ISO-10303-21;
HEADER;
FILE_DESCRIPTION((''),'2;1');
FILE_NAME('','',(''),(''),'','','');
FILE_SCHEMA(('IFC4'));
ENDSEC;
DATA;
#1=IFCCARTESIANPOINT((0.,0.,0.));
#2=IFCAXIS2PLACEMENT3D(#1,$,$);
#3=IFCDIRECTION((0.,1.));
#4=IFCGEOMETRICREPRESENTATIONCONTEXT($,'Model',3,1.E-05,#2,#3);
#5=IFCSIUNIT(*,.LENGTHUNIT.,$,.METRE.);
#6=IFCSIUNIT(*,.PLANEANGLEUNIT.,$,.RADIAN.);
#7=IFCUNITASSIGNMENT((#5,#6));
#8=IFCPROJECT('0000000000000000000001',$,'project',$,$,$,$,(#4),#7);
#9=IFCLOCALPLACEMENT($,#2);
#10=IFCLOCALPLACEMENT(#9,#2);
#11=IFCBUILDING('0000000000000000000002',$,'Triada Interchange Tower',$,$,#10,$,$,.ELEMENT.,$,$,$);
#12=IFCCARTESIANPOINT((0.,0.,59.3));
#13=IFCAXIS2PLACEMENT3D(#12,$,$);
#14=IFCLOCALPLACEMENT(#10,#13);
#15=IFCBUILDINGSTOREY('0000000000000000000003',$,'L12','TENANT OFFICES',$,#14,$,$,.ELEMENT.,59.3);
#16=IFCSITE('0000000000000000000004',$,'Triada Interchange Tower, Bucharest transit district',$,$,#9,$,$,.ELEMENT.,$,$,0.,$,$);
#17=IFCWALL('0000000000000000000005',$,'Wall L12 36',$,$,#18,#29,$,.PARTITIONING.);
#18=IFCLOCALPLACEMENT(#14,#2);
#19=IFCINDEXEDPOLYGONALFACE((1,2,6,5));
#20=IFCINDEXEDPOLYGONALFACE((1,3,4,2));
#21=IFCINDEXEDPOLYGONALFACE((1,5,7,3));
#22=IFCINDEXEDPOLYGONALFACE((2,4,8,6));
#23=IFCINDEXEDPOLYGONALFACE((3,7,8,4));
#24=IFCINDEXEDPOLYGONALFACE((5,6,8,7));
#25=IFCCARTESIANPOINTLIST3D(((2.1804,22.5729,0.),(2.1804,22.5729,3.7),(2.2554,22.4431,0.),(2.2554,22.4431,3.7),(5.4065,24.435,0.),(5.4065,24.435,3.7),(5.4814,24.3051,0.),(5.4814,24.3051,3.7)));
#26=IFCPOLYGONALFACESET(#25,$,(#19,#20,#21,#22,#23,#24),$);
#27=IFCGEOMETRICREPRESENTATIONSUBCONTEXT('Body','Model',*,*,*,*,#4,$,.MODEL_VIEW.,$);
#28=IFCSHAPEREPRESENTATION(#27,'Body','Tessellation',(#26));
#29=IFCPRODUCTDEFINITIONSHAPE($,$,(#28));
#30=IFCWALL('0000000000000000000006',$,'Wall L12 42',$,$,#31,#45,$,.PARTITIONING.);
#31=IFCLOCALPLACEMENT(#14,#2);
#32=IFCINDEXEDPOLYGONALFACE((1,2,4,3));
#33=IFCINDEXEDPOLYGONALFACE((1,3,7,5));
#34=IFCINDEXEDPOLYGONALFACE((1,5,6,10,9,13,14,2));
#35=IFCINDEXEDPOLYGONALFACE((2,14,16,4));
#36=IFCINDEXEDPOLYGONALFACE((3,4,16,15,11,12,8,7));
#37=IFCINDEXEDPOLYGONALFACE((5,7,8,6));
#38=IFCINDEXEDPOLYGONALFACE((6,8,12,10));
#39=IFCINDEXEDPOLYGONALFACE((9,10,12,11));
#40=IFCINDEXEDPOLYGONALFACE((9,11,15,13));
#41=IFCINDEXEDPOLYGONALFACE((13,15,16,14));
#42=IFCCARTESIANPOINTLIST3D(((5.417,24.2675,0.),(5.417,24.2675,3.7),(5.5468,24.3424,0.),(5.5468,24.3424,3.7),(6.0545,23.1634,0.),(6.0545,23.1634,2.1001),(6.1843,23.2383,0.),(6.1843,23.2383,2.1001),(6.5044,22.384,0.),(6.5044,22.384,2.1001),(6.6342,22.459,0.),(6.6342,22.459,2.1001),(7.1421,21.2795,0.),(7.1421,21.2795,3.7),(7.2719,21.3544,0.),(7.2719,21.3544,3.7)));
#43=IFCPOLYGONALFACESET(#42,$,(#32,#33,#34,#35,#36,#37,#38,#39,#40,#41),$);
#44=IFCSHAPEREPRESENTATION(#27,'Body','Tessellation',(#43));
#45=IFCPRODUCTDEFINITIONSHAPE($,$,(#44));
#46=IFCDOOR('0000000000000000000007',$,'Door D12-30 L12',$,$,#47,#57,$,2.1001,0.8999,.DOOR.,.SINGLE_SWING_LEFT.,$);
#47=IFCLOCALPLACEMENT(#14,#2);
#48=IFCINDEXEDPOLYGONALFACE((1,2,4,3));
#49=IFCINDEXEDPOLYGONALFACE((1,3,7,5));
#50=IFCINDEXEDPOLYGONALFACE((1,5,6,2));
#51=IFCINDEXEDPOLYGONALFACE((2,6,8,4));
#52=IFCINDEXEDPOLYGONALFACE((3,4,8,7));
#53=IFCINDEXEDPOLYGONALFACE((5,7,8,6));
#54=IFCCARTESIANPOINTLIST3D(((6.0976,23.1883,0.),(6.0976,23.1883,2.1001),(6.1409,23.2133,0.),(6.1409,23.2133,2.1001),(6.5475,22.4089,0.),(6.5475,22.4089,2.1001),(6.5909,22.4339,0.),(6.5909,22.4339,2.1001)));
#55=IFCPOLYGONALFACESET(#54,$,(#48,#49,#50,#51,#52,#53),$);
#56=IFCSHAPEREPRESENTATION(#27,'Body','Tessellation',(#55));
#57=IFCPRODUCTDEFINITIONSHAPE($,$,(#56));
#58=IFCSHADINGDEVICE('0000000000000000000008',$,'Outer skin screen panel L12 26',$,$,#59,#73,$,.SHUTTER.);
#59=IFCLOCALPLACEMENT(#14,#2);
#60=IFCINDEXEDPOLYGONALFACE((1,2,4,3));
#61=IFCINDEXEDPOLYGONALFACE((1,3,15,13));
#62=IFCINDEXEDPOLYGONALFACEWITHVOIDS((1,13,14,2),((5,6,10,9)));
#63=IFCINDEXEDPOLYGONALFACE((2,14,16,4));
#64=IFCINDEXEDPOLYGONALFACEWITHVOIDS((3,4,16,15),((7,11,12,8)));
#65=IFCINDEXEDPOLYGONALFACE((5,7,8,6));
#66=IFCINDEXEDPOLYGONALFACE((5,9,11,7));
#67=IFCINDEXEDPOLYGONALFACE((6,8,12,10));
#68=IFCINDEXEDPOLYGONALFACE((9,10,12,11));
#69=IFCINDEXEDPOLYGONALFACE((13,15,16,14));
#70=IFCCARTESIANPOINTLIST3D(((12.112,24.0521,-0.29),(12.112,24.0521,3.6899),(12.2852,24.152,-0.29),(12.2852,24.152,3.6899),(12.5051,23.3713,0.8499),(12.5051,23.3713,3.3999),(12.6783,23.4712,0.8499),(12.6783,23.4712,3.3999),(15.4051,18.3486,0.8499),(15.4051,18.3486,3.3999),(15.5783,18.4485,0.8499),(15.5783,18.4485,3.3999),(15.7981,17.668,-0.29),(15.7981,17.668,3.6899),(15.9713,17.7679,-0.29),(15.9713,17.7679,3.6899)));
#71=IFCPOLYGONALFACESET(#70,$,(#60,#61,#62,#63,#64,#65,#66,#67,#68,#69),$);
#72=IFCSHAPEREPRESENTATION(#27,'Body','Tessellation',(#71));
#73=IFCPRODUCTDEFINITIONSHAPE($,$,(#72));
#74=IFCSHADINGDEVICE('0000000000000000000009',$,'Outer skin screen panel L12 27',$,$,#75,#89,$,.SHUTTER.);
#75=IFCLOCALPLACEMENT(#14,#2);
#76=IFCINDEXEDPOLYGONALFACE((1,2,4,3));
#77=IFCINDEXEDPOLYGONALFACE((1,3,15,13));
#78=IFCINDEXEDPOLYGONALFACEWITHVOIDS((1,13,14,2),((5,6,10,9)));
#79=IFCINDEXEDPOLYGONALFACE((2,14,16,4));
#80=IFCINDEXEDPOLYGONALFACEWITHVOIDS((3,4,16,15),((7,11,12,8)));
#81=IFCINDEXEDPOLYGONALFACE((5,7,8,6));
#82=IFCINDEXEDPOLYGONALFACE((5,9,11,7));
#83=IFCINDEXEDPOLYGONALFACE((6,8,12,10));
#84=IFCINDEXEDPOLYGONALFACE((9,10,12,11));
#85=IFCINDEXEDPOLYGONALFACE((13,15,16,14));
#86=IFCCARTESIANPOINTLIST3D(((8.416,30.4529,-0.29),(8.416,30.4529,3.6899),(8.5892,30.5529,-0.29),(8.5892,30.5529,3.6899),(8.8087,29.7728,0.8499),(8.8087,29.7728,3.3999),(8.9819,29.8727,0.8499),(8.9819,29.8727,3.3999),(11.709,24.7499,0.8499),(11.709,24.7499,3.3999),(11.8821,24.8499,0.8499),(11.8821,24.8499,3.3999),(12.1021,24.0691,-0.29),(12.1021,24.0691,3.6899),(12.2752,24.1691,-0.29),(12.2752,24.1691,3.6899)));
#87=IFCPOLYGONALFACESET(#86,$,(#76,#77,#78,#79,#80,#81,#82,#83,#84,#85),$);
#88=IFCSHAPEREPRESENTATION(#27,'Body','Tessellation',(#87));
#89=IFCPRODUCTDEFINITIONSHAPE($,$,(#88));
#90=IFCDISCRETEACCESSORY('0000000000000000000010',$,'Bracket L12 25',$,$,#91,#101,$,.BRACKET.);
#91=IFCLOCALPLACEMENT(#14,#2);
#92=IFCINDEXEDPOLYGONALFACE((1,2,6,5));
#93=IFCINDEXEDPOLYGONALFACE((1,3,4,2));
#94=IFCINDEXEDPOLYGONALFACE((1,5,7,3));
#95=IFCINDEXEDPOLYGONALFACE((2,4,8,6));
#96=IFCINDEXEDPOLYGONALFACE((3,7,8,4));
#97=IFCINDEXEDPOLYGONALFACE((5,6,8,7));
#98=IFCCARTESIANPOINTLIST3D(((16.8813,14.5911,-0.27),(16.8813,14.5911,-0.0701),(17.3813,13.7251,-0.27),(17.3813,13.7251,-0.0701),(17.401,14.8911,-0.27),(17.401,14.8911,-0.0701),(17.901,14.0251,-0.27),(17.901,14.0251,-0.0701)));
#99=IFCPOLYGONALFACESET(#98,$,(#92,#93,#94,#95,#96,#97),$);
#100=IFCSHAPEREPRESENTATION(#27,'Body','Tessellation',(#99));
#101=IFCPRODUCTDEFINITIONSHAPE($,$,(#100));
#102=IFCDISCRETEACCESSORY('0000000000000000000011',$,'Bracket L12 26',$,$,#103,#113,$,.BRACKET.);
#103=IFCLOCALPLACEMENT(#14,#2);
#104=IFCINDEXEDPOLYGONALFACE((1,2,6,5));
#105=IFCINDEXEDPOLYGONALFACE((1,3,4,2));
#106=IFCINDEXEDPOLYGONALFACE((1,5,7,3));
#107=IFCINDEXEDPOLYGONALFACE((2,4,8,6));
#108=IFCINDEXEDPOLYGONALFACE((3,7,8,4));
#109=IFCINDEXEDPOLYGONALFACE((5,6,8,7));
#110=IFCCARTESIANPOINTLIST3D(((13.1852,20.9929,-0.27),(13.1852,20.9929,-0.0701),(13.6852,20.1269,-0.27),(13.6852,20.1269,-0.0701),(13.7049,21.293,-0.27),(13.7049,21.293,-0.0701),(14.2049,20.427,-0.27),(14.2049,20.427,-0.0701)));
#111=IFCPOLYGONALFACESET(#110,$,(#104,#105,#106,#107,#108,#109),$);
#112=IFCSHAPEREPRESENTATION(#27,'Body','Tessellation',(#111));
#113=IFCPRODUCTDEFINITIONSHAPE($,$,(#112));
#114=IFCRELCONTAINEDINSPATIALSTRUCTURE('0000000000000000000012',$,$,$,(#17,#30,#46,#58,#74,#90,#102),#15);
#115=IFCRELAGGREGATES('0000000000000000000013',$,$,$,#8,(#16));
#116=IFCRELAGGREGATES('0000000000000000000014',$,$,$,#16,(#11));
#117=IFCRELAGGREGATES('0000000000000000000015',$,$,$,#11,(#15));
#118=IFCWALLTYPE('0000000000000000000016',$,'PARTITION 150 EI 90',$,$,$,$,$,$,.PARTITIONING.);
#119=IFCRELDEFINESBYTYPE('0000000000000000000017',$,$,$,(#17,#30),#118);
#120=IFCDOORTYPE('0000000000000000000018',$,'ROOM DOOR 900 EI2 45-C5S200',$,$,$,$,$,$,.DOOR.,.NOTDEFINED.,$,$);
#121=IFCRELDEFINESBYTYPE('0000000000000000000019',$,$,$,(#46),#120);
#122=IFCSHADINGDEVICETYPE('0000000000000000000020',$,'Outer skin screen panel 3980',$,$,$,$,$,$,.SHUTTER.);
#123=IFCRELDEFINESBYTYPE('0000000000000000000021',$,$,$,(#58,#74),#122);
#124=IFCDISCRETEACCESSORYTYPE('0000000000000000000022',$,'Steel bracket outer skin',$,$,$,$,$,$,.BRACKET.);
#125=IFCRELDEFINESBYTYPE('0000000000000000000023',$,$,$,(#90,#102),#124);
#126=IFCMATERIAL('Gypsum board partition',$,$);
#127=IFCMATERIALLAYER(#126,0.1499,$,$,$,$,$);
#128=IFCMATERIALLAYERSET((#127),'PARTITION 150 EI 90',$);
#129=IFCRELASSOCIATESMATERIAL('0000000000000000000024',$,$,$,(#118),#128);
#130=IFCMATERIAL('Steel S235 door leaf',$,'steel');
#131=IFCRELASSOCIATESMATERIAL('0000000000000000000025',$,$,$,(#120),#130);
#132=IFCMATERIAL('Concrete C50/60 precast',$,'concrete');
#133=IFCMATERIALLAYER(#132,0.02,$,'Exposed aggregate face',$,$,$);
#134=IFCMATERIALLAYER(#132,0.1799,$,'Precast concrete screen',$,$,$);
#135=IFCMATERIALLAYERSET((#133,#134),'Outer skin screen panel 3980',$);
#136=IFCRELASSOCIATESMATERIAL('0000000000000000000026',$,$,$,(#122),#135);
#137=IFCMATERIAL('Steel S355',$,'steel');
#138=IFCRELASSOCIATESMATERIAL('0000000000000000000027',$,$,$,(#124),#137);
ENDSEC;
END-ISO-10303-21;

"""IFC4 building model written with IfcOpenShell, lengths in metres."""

from ifc_helpers import new_model, si_unit, direction, frame, frame_2d, origin, origin_2d, place, context, subcontext, project, spatial, polyline, rectangle, outline, extrude, material, layer, layer_set, type_object, element, fill, save


model = new_model("IFC4")

# Units and contexts
model_context = context("Model", 3, precision=1e-05, world=origin(), true_north=direction((0.0, 1.0)))
body_context = subcontext(model_context, "Body", "Model", "MODEL_VIEW")
ifc_project = project(units=[si_unit("LENGTHUNIT", "METRE"), si_unit("PLANEANGLEUNIT", "RADIAN")], contexts=[model_context])

# Site, building, storey
site_placement = place(None, origin())
site = spatial("IfcSite", under=ifc_project, at=site_placement, Name="Triada Interchange Tower, Bucharest transit district", CompositionType="ELEMENT", RefElevation=0.0)
building_placement = place(site_placement, origin())
building = spatial("IfcBuilding", under=site, at=building_placement, Name="Triada Interchange Tower", CompositionType="ELEMENT")
storey_placement = place(building_placement, frame((0.0, 0.0, 59.3)))
storey = spatial("IfcBuildingStorey", under=building, at=storey_placement, Name="L12", Description="TENANT OFFICES", CompositionType="ELEMENT", Elevation=59.3)

# Shared definitions
ifc_material_1 = material(Name="Steel S235 door leaf", Category="steel")

# Shared definitions
ifc_material_2 = material(Name="Gypsum board partition")

# Wall
ifc_layer_1 = layer(ifc_material_2, 0.1499)
ifc_layer_set_1 = layer_set([ifc_layer_1], Name="PARTITION 150 EI 90")
wall_type_1 = type_object("IfcWallType", Name="PARTITION 150 EI 90", PredefinedType="PARTITIONING", material=ifc_layer_set_1)
wall_1_placement = place(storey_placement, frame((2.218, 22.5081, 0.0), z_axis=(0.0, 0.0, 1.0), x_axis=(0.866085, 0.499896, 0.0)))
element("IfcWall", 1, at=wall_1_placement, inside=storey, type_object=wall_type_1, Name="Wall L12 36", PredefinedType="PARTITIONING", context=body_context, shape_type="SweptSolid", body=[
    extrude(rectangle(XDim=3.7249, YDim=0.1499, at=frame_2d((1.8623, 0.0))), origin(), (0.0, 0.0, 1.0), 3.7),
])

# Wall, opening, door
wall_2_placement = place(storey_placement, frame((5.4819, 24.3049, 0.0), z_axis=(0.0, 0.0, 1.0), x_axis=(0.49999, -0.866031, 0.0)))
wall_2 = element("IfcWall", 2, at=wall_2_placement, inside=storey, type_object=wall_type_1, Name="Wall L12 42", PredefinedType="PARTITIONING", context=body_context, shape_type="SweptSolid", body=[
    extrude(rectangle(XDim=3.4502, YDim=0.1499, at=frame_2d((1.7251, 0.0))), origin(), (0.0, 0.0, 1.0), 3.7),
])
opening_1_placement = place(wall_2_placement, frame((1.2749, 0.0, 0.0)))
opening_1 = element("IfcOpeningElement", 3, at=opening_1_placement, cuts=wall_2, PredefinedType="OPENING", context=body_context, shape_type="SweptSolid", body=[
    extrude(rectangle(XDim=0.8999, YDim=2.1001, at=frame_2d((0.45, 1.05))), frame((0.0, 0.085, 0.0), z_axis=(0.0, -1.0, 0.0), x_axis=(1.0, 0.0, 0.0)), (0.0, 0.0, 1.0), 0.1699),
])
door_type_1 = type_object("IfcDoorType", Name="ROOM DOOR 900 EI2 45-C5S200", OperationType="NOTDEFINED", PredefinedType="DOOR", material=ifc_material_1)
door_1_placement = place(opening_1_placement, origin())
door_1 = element("IfcDoor", 4, at=door_1_placement, inside=storey, type_object=door_type_1, Name="Door D12-30 L12", OperationType="SINGLE_SWING_LEFT", OverallHeight=2.1001, OverallWidth=0.8999, PredefinedType="DOOR", context=body_context, shape_type="SweptSolid", body=[
    extrude(rectangle(XDim=0.8999, YDim=2.1001, at=frame_2d((0.45, 1.05))), frame((0.0, 0.0249, 0.0), z_axis=(0.0, -1.0, 0.0), x_axis=(1.0, 0.0, 0.0)), (0.0, 0.0, 1.0), 0.05),
])
fill(opening_1, door_1)

# Shading devices
ifc_material_3 = material(Name="Concrete C50/60 precast", Category="concrete")
ifc_layer_2 = layer(ifc_material_3, 0.02, Name="Exposed aggregate face")
ifc_layer_3 = layer(ifc_material_3, 0.1799, Name="Precast concrete screen")
ifc_layer_set_2 = layer_set([ifc_layer_2, ifc_layer_3], Name="Outer skin screen panel 3980")
shading_device_type = type_object("IfcShadingDeviceType", Name="Outer skin screen panel 3980", PredefinedType="SHUTTER", material=ifc_layer_set_2)
shading_device_1_placement = place(storey_placement, frame((15.7981, 17.668, -0.29), z_axis=(0.0, 0.0, 1.0), x_axis=(-0.500022, 0.866013, 0.0)))
element("IfcShadingDevice", 5, at=shading_device_1_placement, inside=storey, type_object=shading_device_type, Name="Outer skin screen panel L12 26", PredefinedType="SHUTTER", context=body_context, shape_type="SweptSolid", body=[
    extrude(outline(polyline([(0.0, 0.0), (7.3718, 0.0), (7.3718, 3.98), (0.0, 3.98), (0.0, 0.0)]), holes=[polyline([(0.7859, 1.1399), (0.7859, 3.6899), (6.5857, 3.6899), (6.5857, 1.1399), (0.7859, 1.1399)])]), frame((0.0, 0.0, 0.0), z_axis=(0.0, -1.0, 0.0), x_axis=(1.0, 0.0, 0.0)), (0.0, 0.0, 1.0), 0.2),
])
shading_device_2_placement = place(storey_placement, frame((12.1021, 24.0691, -0.29), z_axis=(0.0, 0.0, 1.0), x_axis=(-0.500036, 0.866005, 0.0)))
element("IfcShadingDevice", 6, at=shading_device_2_placement, inside=storey, type_object=shading_device_type, Name="Outer skin screen panel L12 27", PredefinedType="SHUTTER", context=body_context, shape_type="SweptSolid", body=[
    extrude(outline(polyline([(0.0, 0.0), (7.3716, 0.0), (7.3716, 3.98), (0.0, 3.98), (0.0, 0.0)]), holes=[polyline([(0.7861, 1.1399), (0.7861, 3.6899), (6.5862, 3.6899), (6.5862, 1.1399), (0.7861, 1.1399)])]), frame((0.0, 0.0, 0.0), z_axis=(0.0, -1.0, 0.0), x_axis=(1.0, 0.0, 0.0)), (0.0, 0.0, 1.0), 0.2),
])

# Discrete accessories
ifc_material_4 = material(Name="Steel S355", Category="steel")
discrete_accessory_type = type_object("IfcDiscreteAccessoryType", Name="Steel bracket outer skin", PredefinedType="BRACKET", material=ifc_material_4)
for number, where, z_axis, x_axis, name in (
    (7, (17.3911, 14.3081, -0.27), (0.0, 0.0, 1.0), (0.866022, 0.500006, 0.0), "Bracket L12 25"),
    (8, (13.6951, 20.71, -0.27), (0.0, 0.0, 1.0), (0.866022, 0.500006, 0.0), "Bracket L12 26"),
):
    element("IfcDiscreteAccessory", number, at=place(storey_placement, frame(where, z_axis=z_axis, x_axis=x_axis)), inside=storey, type_object=discrete_accessory_type, Name=name, PredefinedType="BRACKET", context=body_context, shape_type="SweptSolid", body=[
        extrude(rectangle(XDim=0.6001, YDim=1.0, at=origin_2d()), origin(), (0.0, 0.0, 1.0), 0.2),
    ])

save(model, "model.ifc")
